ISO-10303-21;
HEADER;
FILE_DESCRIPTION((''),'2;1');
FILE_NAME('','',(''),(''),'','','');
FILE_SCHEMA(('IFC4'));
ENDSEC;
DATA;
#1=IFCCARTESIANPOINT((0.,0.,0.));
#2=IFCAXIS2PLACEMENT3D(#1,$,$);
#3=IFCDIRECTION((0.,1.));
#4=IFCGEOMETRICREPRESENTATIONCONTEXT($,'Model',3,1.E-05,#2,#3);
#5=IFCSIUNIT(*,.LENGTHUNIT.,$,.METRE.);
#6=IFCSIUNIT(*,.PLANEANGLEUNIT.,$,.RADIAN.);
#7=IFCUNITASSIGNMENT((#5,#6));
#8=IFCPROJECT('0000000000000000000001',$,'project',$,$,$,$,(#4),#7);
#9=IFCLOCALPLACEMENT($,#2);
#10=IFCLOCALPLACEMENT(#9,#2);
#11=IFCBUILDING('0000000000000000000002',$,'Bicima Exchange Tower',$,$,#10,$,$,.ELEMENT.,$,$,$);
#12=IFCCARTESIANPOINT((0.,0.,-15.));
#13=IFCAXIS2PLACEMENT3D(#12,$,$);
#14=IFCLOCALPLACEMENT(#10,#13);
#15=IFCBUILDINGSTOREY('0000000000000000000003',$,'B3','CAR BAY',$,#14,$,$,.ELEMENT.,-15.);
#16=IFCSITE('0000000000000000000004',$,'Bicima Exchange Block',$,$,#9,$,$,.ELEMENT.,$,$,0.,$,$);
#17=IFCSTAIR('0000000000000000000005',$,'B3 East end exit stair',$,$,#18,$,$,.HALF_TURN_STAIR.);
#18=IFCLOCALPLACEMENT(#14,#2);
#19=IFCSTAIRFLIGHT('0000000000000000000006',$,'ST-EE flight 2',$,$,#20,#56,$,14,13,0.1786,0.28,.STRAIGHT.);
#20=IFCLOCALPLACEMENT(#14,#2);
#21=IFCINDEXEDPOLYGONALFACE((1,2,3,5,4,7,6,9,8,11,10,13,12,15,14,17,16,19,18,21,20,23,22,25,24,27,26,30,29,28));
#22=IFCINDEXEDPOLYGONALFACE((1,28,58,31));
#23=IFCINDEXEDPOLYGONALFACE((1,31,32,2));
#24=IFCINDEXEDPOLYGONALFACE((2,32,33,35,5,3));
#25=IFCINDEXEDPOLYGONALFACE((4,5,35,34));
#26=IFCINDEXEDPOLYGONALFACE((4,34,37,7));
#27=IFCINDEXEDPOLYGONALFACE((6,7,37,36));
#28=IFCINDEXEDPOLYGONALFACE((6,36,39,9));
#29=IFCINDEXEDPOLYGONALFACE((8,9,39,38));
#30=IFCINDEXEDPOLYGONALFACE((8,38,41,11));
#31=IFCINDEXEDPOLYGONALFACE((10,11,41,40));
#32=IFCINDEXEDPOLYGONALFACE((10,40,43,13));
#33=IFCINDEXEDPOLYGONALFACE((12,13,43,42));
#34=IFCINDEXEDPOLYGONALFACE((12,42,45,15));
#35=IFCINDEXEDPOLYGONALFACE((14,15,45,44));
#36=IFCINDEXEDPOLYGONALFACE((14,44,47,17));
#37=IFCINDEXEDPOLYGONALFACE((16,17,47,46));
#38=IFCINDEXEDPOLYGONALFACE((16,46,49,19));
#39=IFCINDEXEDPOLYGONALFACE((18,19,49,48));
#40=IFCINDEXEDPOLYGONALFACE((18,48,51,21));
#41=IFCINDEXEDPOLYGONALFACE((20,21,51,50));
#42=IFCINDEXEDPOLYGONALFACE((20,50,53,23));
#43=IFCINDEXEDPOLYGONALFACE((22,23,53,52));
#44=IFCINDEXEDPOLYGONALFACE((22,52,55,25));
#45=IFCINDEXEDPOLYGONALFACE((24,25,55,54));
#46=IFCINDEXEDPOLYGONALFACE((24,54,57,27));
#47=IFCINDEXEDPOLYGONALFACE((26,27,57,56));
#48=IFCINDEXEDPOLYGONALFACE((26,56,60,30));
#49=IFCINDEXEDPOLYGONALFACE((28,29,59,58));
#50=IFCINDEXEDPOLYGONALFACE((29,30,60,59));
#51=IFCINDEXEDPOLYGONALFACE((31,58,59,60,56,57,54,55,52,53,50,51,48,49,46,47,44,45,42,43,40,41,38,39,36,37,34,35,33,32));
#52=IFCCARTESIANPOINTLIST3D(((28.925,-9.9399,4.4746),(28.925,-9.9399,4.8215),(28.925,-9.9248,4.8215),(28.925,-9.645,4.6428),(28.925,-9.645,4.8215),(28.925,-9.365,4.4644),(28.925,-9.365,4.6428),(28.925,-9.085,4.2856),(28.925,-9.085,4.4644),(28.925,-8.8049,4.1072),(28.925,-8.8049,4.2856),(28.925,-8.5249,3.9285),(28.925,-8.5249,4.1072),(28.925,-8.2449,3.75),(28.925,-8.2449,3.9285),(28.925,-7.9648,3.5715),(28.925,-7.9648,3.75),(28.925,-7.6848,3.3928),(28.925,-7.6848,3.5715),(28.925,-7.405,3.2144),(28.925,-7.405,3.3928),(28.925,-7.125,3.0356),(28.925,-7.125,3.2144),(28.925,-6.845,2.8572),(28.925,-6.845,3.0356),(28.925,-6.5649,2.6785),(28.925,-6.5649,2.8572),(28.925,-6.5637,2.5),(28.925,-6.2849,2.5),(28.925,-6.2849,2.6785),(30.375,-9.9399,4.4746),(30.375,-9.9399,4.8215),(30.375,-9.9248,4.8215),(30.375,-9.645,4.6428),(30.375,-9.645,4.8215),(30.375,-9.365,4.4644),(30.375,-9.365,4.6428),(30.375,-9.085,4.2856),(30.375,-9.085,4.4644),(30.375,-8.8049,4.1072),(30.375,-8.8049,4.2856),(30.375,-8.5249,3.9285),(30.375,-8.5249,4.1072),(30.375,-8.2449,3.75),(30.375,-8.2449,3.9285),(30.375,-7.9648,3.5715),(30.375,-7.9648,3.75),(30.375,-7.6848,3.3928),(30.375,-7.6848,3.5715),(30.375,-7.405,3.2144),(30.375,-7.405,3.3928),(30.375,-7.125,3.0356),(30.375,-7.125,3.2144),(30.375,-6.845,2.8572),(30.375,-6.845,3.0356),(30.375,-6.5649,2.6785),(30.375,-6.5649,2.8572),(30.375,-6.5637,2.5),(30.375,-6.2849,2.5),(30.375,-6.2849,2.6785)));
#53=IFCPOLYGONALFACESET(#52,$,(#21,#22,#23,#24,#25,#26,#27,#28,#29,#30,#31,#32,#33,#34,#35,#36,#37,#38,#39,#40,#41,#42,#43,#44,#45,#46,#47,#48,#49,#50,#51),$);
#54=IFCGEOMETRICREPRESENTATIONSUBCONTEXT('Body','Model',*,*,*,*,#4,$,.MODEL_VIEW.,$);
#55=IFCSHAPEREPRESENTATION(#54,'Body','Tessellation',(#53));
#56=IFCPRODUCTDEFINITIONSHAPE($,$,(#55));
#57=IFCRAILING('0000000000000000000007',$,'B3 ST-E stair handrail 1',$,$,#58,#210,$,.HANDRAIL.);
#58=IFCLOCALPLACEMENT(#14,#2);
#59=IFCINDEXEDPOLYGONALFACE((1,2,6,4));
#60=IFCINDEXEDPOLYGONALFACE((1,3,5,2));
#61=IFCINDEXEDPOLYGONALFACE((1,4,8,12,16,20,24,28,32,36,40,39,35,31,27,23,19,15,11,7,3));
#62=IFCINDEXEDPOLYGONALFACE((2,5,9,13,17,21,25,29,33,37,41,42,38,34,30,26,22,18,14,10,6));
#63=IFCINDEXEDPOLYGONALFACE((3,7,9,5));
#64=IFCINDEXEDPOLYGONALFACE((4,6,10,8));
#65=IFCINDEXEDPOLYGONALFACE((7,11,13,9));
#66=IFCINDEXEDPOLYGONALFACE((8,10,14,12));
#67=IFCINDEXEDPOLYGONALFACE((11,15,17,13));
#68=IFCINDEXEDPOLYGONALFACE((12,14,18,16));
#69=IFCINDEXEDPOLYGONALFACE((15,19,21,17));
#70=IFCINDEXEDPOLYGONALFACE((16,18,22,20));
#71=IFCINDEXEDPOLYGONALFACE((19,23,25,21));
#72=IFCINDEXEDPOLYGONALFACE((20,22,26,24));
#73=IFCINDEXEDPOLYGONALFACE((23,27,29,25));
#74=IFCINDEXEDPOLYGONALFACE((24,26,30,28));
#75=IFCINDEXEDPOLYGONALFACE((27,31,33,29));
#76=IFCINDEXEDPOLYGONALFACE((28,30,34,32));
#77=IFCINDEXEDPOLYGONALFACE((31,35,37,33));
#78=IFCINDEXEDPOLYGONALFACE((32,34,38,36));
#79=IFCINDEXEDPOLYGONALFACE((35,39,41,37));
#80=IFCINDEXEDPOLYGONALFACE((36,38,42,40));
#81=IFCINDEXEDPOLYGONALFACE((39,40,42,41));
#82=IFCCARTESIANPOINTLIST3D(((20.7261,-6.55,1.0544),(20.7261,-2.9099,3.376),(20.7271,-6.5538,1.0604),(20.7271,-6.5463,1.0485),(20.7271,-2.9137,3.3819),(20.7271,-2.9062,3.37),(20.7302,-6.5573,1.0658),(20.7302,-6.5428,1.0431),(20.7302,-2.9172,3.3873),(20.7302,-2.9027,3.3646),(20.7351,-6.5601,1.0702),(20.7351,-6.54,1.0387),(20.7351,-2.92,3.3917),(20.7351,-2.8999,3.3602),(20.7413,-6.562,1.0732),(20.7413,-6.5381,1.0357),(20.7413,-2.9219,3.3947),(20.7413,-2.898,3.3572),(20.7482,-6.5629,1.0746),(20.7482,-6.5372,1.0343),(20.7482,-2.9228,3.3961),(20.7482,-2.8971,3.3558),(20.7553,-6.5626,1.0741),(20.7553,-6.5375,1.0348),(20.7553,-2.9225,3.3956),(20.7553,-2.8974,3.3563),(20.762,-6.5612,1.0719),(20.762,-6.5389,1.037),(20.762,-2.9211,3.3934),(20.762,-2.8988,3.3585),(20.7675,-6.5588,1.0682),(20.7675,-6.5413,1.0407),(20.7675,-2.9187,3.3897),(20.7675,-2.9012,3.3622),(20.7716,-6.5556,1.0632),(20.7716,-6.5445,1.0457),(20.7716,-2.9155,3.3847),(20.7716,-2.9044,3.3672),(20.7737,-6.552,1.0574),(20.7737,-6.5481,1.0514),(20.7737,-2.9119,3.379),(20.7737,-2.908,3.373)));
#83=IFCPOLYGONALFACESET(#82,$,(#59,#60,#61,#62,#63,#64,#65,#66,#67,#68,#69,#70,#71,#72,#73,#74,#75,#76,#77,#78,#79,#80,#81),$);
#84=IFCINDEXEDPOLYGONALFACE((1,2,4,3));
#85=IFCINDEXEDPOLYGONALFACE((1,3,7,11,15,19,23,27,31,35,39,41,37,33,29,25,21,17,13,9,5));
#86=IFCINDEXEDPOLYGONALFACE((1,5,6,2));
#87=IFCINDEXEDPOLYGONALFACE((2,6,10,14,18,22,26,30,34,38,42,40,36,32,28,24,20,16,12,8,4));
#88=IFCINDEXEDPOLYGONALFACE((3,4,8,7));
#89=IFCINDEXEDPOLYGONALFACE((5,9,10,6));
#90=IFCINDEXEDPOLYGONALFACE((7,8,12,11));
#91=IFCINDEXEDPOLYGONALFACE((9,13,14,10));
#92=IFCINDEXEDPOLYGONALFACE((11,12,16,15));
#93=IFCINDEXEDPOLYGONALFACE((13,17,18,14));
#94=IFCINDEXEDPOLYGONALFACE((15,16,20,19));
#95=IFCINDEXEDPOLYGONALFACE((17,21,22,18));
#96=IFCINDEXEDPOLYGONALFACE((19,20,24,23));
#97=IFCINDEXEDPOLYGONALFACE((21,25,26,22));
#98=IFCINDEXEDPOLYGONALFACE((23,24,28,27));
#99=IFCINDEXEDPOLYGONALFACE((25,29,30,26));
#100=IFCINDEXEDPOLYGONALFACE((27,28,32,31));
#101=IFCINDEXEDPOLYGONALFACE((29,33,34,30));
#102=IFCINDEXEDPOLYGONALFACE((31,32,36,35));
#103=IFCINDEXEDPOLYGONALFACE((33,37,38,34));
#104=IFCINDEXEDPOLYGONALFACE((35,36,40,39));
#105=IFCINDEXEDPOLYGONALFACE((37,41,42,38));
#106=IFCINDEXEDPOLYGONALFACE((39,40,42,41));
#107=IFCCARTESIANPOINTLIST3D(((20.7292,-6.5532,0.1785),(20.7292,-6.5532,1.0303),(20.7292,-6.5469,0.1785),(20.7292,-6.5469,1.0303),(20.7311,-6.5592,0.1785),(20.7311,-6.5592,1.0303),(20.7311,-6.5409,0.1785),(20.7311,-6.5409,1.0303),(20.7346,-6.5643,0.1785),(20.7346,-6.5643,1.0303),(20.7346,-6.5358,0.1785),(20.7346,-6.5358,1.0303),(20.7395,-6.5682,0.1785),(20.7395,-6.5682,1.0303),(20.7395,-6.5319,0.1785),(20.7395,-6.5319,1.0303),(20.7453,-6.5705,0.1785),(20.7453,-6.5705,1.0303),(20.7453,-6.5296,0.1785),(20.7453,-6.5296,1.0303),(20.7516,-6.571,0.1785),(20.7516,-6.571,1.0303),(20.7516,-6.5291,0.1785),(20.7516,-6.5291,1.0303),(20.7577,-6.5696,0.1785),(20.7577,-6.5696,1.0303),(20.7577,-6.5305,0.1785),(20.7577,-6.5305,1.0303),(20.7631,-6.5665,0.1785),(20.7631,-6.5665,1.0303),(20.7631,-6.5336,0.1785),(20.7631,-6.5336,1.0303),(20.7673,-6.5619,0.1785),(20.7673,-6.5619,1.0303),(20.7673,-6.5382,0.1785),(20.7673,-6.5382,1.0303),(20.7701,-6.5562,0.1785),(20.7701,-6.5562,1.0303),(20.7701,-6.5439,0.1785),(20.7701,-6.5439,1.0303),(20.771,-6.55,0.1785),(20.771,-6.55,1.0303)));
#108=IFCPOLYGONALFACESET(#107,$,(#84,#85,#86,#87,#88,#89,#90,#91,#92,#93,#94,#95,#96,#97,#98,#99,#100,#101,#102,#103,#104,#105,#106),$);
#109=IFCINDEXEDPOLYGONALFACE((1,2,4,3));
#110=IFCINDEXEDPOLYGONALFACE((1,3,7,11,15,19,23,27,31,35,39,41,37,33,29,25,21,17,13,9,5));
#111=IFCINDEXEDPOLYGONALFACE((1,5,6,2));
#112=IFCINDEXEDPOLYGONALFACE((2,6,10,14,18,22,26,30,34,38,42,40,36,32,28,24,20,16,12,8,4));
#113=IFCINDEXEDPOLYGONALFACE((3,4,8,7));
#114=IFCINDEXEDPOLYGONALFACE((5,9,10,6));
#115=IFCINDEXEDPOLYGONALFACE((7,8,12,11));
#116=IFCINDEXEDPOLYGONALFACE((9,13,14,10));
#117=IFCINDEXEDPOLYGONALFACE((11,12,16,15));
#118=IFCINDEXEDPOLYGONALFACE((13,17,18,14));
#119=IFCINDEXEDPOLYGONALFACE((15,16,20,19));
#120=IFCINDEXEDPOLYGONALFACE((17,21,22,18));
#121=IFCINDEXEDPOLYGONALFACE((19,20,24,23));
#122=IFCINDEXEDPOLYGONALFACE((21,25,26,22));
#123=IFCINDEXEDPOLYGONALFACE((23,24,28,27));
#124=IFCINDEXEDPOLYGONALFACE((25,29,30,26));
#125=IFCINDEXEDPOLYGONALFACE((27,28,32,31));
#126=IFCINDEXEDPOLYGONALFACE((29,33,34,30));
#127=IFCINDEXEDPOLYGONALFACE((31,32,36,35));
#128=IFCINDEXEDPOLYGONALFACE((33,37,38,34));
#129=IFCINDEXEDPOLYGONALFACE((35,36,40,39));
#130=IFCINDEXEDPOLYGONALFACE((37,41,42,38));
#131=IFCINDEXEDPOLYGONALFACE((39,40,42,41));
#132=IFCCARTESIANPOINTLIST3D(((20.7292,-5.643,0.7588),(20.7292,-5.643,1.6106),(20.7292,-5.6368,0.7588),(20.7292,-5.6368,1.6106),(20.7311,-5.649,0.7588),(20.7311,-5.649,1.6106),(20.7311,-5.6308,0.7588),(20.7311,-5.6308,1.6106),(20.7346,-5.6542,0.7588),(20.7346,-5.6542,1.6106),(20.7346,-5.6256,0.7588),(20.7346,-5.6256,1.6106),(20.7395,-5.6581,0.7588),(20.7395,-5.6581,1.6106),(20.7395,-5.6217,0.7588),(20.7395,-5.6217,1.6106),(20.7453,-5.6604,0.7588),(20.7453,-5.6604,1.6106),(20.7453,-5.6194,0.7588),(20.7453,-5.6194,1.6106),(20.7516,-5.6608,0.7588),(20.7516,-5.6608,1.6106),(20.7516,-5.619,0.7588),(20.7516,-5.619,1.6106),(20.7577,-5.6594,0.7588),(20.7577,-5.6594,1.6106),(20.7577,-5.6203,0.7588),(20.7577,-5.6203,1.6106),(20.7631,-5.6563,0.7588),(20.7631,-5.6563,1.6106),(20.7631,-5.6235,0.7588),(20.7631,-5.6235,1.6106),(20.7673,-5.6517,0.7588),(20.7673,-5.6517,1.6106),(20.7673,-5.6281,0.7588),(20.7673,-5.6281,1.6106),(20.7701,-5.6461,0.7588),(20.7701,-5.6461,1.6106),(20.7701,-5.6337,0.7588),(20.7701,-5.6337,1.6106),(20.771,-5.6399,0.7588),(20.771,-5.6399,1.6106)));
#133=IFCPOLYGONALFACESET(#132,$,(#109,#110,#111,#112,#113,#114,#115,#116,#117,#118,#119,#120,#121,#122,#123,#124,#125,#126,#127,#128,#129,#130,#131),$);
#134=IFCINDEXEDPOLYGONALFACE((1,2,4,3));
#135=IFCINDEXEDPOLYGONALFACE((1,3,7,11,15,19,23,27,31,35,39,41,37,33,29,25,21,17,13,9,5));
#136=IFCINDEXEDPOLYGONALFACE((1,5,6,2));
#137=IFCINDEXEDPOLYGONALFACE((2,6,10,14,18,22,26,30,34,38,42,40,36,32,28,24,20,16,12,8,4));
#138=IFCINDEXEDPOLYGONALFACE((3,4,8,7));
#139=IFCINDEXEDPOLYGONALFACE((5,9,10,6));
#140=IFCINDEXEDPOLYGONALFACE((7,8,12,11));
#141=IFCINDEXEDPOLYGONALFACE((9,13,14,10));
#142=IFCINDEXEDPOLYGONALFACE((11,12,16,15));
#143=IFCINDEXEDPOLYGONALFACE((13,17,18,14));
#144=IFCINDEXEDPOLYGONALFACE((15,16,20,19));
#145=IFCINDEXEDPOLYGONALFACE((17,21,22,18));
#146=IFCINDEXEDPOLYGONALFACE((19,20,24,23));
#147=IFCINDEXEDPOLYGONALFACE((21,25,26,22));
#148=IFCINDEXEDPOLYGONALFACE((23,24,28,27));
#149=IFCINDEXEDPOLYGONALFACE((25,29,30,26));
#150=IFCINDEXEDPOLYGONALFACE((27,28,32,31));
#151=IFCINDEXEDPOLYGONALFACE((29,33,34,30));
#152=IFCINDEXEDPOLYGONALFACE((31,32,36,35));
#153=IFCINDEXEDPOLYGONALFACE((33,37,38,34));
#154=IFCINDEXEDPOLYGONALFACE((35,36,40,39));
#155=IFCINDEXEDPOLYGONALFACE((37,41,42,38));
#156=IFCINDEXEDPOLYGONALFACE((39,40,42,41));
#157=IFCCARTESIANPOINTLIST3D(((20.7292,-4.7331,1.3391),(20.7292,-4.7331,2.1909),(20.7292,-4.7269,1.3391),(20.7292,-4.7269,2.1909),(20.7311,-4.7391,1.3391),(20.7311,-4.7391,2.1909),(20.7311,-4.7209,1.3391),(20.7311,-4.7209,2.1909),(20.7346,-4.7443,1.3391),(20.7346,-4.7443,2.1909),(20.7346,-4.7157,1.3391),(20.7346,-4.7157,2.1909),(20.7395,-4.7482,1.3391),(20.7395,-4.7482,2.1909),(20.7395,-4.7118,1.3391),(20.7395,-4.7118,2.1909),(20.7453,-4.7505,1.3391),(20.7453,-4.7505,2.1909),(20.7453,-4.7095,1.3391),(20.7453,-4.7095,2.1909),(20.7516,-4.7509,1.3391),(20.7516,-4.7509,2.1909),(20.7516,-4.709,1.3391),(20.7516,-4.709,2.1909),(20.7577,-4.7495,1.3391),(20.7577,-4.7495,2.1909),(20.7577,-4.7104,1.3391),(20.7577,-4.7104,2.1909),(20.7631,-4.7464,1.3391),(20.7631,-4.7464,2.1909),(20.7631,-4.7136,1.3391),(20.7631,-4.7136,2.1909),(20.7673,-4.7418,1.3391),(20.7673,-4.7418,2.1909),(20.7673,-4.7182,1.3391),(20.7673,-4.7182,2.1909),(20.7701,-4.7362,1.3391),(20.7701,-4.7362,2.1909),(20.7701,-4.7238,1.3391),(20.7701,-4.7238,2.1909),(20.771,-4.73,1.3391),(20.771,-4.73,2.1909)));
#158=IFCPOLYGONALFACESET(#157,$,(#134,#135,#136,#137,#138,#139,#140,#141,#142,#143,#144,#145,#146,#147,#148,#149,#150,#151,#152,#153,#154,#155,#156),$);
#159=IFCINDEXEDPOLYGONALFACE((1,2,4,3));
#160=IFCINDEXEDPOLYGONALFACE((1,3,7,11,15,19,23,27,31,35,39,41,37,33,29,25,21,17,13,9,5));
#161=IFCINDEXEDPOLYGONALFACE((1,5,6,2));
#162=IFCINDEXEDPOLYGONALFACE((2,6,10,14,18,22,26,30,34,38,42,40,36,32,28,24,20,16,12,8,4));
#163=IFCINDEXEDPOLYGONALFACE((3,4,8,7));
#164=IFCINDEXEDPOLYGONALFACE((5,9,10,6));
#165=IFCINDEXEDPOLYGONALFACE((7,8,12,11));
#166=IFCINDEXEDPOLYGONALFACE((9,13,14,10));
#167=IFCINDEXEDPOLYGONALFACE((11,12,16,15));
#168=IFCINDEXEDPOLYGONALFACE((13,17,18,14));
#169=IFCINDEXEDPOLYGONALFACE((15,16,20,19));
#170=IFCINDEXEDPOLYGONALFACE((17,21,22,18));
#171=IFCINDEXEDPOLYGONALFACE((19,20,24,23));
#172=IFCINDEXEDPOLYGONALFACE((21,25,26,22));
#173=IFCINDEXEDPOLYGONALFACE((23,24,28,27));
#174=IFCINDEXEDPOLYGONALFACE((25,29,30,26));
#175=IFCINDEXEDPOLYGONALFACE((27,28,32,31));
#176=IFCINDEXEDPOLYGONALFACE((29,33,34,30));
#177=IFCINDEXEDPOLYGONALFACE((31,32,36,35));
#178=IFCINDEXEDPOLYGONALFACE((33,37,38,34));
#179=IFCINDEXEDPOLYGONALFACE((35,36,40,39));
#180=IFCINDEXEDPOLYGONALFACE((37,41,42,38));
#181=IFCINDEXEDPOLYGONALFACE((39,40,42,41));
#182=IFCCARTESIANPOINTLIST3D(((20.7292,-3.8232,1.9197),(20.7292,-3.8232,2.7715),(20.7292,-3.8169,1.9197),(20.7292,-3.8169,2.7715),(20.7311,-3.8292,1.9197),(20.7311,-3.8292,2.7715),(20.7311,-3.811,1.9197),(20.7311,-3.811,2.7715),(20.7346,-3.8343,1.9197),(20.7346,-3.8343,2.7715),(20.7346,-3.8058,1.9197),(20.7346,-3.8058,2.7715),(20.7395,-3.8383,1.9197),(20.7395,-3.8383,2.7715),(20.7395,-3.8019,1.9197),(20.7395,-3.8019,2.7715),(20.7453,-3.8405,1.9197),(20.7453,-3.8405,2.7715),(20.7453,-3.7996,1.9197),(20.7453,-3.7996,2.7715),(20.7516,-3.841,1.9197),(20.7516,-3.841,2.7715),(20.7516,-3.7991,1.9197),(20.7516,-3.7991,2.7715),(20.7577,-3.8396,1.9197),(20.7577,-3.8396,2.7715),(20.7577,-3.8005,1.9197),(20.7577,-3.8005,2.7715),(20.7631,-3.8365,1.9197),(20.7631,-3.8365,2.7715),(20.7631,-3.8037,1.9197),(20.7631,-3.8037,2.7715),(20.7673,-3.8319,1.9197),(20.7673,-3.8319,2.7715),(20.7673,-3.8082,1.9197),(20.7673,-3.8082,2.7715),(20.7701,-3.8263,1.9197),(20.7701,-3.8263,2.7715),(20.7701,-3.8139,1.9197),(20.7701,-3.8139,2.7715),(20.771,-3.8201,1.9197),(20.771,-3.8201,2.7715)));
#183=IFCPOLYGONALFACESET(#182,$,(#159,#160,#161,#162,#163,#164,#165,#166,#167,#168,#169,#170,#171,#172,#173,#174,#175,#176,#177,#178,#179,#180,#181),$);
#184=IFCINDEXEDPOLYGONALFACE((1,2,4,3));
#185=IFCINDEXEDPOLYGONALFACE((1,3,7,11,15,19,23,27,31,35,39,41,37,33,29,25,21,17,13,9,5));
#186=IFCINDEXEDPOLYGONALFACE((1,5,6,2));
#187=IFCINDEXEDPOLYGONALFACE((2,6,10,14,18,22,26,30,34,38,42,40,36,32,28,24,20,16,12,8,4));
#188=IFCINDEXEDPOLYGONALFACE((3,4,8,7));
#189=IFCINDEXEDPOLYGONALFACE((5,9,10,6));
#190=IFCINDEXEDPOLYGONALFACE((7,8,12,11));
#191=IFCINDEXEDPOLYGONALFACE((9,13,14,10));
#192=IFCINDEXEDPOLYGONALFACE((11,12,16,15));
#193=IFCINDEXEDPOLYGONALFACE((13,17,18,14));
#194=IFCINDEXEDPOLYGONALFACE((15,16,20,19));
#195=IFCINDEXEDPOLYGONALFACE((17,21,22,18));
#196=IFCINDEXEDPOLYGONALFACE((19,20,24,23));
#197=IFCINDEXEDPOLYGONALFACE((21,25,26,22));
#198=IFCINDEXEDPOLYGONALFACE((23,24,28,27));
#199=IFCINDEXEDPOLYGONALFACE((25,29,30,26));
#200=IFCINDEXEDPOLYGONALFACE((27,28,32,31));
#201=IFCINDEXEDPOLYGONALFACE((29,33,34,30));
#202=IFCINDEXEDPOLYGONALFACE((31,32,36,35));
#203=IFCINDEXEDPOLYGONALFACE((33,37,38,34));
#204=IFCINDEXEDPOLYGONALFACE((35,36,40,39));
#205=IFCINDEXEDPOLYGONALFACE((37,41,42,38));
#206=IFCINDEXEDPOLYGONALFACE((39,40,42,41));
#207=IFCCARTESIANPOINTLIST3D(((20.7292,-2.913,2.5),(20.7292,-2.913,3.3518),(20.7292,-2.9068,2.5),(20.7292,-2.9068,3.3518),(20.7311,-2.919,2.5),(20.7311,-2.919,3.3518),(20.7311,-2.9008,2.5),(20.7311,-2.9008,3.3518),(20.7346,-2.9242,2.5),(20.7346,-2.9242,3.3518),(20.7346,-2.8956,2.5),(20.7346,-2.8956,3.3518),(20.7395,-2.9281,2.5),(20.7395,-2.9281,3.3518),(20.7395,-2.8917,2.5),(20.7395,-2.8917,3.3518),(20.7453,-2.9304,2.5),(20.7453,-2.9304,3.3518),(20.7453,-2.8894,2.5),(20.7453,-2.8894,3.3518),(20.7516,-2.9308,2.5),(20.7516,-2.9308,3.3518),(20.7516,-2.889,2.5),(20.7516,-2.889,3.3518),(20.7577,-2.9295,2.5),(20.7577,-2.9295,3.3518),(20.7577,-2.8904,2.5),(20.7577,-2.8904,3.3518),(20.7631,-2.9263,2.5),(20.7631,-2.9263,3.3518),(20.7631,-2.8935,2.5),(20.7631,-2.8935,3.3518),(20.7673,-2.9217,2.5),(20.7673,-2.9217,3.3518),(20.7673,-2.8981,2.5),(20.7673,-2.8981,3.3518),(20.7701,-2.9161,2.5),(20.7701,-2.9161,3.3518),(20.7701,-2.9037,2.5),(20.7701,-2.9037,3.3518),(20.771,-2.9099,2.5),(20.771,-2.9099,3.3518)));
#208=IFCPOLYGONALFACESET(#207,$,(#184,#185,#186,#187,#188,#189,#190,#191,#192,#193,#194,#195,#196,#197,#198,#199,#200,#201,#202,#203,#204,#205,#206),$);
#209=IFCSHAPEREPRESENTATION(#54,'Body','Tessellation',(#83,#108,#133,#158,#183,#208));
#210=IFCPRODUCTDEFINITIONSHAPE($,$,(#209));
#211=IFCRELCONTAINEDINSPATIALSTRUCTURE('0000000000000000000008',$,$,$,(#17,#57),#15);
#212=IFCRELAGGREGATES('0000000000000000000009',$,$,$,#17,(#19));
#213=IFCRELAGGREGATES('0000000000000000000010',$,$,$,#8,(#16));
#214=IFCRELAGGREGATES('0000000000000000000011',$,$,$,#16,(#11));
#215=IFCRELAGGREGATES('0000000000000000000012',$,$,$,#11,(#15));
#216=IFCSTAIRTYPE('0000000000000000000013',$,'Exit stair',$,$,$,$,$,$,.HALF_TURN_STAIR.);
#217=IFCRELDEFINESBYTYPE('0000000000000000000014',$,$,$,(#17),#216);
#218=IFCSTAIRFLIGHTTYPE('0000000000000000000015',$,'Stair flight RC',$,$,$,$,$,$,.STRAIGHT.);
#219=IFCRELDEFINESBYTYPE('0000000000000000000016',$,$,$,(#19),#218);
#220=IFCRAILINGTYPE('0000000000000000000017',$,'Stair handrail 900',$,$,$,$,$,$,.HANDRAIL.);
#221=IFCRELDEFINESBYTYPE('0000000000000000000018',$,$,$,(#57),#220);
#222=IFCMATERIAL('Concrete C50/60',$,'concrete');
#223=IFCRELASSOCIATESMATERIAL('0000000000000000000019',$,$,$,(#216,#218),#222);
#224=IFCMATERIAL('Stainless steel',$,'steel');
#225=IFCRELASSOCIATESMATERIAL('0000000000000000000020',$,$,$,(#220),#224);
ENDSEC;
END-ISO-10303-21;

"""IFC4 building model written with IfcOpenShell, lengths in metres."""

from ifc_helpers import new_model, si_unit, direction, frame, origin, origin_2d, place, context, subcontext, project, spatial, polyline, circle, outline, extrude, material, type_object, element, aggregate, save


model = new_model("IFC4")

# Units and contexts
model_context = context("Model", 3, precision=1e-05, world=origin(), true_north=direction((0.0, 1.0)))
body_context = subcontext(model_context, "Body", "Model", "MODEL_VIEW")
ifc_project = project(units=[si_unit("LENGTHUNIT", "METRE"), si_unit("PLANEANGLEUNIT", "RADIAN")], contexts=[model_context])

# Site, building, storey
site_placement = place(None, origin())
site = spatial("IfcSite", under=ifc_project, at=site_placement, Name="Bicima Exchange Block", CompositionType="ELEMENT", RefElevation=0.0)
building_placement = place(site_placement, origin())
building = spatial("IfcBuilding", under=site, at=building_placement, Name="Bicima Exchange Tower", CompositionType="ELEMENT")
storey_placement = place(building_placement, frame((0.0, 0.0, -15.0)))
storey = spatial("IfcBuildingStorey", under=building, at=storey_placement, Name="B3", Description="CAR BAY", CompositionType="ELEMENT", Elevation=-15.0)

# Shared definitions
ifc_material_1 = material(Name="Concrete C50/60", Category="concrete")

# Shared definitions
stair_type = type_object("IfcStairType", Name="Exit stair", PredefinedType="HALF_TURN_STAIR", material=ifc_material_1)
stair_flight_type = type_object("IfcStairFlightType", Name="Stair flight RC", PredefinedType="STRAIGHT", material=ifc_material_1)

# Stair, stair flight
stair_1_placement = place(storey_placement, origin())
stair_1 = element("IfcStair", 1, at=stair_1_placement, inside=storey, type_object=stair_type, Name="B3 East end exit stair", PredefinedType="HALF_TURN_STAIR")
stair_flight_1_placement = place(storey_placement, frame((29.6499, -6.2849, 2.5), z_axis=(0.0, 0.0, 1.0), x_axis=(0.0, -1.0, 0.0)))
stair_flight_1 = element("IfcStairFlight", 2, at=stair_flight_1_placement, type_object=stair_flight_type, Name="ST-EE flight 2", NumberOfRisers=14, NumberOfTreads=13, PredefinedType="STRAIGHT", RiserHeight=0.1786, TreadLength=0.28, context=body_context, shape_type="SweptSolid", body=[
    extrude(outline(polyline([(0.0, 0.0), (0.0, 0.1785), (0.28, 0.1785), (0.28, 0.3572), (0.5601, 0.3572), (0.5601, 0.5356), (0.8401, 0.5356), (0.8401, 0.7144), (1.1201, 0.7144), (1.1201, 0.8928), (1.3999, 0.8928), (1.3999, 1.0715), (1.6799, 1.0715), (1.6799, 1.25), (1.96, 1.25), (1.96, 1.4285), (2.24, 1.4285), (2.24, 1.6072), (2.52, 1.6072), (2.52, 1.7856), (2.8, 1.7856), (2.8, 1.9644), (3.0801, 1.9644), (3.0801, 2.1428), (3.3601, 2.1428), (3.3601, 2.3215), (3.6399, 2.3215), (3.655, 2.3215), (3.655, 1.9746), (0.2788, 0.0), (0.0, 0.0)])), frame((0.0, 0.7251, 0.0), z_axis=(0.0, -1.0, 0.0), x_axis=(1.0, 0.0, 0.0)), (0.0, 0.0, 1.0), 1.45),
])
aggregate(stair_1, [stair_flight_1])

# Railing
ifc_material_2 = material(Name="Stainless steel", Category="steel")
railing_type_1 = type_object("IfcRailingType", Name="Stair handrail 900", PredefinedType="HANDRAIL", material=ifc_material_2)
railing_1_placement = place(storey_placement, frame((20.75, -6.55, 0.1785)))
element("IfcRailing", 3, at=railing_1_placement, inside=storey, type_object=railing_type_1, Name="B3 ST-E stair handrail 1", PredefinedType="HANDRAIL", context=body_context, shape_type="SweptSolid", body=[
    extrude(circle(Radius=0.0239, at=origin_2d()), frame((0.0, 0.0, 0.876), z_axis=(0.0, 0.843128, 0.537713), x_axis=(-1.0, 0.0, 0.0)), (0.0, 0.0, 1.0), 4.3174),
    extrude(circle(Radius=0.021, at=origin_2d()), origin(), (0.0, 0.0, 1.0), 0.8518),
    extrude(circle(Radius=0.021, at=origin_2d()), frame((0.0, 0.9102, 0.5803)), (0.0, 0.0, 1.0), 0.8518),
    extrude(circle(Radius=0.021, at=origin_2d()), frame((0.0, 1.8201, 1.1606)), (0.0, 0.0, 1.0), 0.8518),
    extrude(circle(Radius=0.021, at=origin_2d()), frame((0.0, 2.73, 1.7412)), (0.0, 0.0, 1.0), 0.8518),
    extrude(circle(Radius=0.021, at=origin_2d()), frame((0.0, 3.6401, 2.3215)), (0.0, 0.0, 1.0), 0.8518),
])

save(model, "model.ifc")
